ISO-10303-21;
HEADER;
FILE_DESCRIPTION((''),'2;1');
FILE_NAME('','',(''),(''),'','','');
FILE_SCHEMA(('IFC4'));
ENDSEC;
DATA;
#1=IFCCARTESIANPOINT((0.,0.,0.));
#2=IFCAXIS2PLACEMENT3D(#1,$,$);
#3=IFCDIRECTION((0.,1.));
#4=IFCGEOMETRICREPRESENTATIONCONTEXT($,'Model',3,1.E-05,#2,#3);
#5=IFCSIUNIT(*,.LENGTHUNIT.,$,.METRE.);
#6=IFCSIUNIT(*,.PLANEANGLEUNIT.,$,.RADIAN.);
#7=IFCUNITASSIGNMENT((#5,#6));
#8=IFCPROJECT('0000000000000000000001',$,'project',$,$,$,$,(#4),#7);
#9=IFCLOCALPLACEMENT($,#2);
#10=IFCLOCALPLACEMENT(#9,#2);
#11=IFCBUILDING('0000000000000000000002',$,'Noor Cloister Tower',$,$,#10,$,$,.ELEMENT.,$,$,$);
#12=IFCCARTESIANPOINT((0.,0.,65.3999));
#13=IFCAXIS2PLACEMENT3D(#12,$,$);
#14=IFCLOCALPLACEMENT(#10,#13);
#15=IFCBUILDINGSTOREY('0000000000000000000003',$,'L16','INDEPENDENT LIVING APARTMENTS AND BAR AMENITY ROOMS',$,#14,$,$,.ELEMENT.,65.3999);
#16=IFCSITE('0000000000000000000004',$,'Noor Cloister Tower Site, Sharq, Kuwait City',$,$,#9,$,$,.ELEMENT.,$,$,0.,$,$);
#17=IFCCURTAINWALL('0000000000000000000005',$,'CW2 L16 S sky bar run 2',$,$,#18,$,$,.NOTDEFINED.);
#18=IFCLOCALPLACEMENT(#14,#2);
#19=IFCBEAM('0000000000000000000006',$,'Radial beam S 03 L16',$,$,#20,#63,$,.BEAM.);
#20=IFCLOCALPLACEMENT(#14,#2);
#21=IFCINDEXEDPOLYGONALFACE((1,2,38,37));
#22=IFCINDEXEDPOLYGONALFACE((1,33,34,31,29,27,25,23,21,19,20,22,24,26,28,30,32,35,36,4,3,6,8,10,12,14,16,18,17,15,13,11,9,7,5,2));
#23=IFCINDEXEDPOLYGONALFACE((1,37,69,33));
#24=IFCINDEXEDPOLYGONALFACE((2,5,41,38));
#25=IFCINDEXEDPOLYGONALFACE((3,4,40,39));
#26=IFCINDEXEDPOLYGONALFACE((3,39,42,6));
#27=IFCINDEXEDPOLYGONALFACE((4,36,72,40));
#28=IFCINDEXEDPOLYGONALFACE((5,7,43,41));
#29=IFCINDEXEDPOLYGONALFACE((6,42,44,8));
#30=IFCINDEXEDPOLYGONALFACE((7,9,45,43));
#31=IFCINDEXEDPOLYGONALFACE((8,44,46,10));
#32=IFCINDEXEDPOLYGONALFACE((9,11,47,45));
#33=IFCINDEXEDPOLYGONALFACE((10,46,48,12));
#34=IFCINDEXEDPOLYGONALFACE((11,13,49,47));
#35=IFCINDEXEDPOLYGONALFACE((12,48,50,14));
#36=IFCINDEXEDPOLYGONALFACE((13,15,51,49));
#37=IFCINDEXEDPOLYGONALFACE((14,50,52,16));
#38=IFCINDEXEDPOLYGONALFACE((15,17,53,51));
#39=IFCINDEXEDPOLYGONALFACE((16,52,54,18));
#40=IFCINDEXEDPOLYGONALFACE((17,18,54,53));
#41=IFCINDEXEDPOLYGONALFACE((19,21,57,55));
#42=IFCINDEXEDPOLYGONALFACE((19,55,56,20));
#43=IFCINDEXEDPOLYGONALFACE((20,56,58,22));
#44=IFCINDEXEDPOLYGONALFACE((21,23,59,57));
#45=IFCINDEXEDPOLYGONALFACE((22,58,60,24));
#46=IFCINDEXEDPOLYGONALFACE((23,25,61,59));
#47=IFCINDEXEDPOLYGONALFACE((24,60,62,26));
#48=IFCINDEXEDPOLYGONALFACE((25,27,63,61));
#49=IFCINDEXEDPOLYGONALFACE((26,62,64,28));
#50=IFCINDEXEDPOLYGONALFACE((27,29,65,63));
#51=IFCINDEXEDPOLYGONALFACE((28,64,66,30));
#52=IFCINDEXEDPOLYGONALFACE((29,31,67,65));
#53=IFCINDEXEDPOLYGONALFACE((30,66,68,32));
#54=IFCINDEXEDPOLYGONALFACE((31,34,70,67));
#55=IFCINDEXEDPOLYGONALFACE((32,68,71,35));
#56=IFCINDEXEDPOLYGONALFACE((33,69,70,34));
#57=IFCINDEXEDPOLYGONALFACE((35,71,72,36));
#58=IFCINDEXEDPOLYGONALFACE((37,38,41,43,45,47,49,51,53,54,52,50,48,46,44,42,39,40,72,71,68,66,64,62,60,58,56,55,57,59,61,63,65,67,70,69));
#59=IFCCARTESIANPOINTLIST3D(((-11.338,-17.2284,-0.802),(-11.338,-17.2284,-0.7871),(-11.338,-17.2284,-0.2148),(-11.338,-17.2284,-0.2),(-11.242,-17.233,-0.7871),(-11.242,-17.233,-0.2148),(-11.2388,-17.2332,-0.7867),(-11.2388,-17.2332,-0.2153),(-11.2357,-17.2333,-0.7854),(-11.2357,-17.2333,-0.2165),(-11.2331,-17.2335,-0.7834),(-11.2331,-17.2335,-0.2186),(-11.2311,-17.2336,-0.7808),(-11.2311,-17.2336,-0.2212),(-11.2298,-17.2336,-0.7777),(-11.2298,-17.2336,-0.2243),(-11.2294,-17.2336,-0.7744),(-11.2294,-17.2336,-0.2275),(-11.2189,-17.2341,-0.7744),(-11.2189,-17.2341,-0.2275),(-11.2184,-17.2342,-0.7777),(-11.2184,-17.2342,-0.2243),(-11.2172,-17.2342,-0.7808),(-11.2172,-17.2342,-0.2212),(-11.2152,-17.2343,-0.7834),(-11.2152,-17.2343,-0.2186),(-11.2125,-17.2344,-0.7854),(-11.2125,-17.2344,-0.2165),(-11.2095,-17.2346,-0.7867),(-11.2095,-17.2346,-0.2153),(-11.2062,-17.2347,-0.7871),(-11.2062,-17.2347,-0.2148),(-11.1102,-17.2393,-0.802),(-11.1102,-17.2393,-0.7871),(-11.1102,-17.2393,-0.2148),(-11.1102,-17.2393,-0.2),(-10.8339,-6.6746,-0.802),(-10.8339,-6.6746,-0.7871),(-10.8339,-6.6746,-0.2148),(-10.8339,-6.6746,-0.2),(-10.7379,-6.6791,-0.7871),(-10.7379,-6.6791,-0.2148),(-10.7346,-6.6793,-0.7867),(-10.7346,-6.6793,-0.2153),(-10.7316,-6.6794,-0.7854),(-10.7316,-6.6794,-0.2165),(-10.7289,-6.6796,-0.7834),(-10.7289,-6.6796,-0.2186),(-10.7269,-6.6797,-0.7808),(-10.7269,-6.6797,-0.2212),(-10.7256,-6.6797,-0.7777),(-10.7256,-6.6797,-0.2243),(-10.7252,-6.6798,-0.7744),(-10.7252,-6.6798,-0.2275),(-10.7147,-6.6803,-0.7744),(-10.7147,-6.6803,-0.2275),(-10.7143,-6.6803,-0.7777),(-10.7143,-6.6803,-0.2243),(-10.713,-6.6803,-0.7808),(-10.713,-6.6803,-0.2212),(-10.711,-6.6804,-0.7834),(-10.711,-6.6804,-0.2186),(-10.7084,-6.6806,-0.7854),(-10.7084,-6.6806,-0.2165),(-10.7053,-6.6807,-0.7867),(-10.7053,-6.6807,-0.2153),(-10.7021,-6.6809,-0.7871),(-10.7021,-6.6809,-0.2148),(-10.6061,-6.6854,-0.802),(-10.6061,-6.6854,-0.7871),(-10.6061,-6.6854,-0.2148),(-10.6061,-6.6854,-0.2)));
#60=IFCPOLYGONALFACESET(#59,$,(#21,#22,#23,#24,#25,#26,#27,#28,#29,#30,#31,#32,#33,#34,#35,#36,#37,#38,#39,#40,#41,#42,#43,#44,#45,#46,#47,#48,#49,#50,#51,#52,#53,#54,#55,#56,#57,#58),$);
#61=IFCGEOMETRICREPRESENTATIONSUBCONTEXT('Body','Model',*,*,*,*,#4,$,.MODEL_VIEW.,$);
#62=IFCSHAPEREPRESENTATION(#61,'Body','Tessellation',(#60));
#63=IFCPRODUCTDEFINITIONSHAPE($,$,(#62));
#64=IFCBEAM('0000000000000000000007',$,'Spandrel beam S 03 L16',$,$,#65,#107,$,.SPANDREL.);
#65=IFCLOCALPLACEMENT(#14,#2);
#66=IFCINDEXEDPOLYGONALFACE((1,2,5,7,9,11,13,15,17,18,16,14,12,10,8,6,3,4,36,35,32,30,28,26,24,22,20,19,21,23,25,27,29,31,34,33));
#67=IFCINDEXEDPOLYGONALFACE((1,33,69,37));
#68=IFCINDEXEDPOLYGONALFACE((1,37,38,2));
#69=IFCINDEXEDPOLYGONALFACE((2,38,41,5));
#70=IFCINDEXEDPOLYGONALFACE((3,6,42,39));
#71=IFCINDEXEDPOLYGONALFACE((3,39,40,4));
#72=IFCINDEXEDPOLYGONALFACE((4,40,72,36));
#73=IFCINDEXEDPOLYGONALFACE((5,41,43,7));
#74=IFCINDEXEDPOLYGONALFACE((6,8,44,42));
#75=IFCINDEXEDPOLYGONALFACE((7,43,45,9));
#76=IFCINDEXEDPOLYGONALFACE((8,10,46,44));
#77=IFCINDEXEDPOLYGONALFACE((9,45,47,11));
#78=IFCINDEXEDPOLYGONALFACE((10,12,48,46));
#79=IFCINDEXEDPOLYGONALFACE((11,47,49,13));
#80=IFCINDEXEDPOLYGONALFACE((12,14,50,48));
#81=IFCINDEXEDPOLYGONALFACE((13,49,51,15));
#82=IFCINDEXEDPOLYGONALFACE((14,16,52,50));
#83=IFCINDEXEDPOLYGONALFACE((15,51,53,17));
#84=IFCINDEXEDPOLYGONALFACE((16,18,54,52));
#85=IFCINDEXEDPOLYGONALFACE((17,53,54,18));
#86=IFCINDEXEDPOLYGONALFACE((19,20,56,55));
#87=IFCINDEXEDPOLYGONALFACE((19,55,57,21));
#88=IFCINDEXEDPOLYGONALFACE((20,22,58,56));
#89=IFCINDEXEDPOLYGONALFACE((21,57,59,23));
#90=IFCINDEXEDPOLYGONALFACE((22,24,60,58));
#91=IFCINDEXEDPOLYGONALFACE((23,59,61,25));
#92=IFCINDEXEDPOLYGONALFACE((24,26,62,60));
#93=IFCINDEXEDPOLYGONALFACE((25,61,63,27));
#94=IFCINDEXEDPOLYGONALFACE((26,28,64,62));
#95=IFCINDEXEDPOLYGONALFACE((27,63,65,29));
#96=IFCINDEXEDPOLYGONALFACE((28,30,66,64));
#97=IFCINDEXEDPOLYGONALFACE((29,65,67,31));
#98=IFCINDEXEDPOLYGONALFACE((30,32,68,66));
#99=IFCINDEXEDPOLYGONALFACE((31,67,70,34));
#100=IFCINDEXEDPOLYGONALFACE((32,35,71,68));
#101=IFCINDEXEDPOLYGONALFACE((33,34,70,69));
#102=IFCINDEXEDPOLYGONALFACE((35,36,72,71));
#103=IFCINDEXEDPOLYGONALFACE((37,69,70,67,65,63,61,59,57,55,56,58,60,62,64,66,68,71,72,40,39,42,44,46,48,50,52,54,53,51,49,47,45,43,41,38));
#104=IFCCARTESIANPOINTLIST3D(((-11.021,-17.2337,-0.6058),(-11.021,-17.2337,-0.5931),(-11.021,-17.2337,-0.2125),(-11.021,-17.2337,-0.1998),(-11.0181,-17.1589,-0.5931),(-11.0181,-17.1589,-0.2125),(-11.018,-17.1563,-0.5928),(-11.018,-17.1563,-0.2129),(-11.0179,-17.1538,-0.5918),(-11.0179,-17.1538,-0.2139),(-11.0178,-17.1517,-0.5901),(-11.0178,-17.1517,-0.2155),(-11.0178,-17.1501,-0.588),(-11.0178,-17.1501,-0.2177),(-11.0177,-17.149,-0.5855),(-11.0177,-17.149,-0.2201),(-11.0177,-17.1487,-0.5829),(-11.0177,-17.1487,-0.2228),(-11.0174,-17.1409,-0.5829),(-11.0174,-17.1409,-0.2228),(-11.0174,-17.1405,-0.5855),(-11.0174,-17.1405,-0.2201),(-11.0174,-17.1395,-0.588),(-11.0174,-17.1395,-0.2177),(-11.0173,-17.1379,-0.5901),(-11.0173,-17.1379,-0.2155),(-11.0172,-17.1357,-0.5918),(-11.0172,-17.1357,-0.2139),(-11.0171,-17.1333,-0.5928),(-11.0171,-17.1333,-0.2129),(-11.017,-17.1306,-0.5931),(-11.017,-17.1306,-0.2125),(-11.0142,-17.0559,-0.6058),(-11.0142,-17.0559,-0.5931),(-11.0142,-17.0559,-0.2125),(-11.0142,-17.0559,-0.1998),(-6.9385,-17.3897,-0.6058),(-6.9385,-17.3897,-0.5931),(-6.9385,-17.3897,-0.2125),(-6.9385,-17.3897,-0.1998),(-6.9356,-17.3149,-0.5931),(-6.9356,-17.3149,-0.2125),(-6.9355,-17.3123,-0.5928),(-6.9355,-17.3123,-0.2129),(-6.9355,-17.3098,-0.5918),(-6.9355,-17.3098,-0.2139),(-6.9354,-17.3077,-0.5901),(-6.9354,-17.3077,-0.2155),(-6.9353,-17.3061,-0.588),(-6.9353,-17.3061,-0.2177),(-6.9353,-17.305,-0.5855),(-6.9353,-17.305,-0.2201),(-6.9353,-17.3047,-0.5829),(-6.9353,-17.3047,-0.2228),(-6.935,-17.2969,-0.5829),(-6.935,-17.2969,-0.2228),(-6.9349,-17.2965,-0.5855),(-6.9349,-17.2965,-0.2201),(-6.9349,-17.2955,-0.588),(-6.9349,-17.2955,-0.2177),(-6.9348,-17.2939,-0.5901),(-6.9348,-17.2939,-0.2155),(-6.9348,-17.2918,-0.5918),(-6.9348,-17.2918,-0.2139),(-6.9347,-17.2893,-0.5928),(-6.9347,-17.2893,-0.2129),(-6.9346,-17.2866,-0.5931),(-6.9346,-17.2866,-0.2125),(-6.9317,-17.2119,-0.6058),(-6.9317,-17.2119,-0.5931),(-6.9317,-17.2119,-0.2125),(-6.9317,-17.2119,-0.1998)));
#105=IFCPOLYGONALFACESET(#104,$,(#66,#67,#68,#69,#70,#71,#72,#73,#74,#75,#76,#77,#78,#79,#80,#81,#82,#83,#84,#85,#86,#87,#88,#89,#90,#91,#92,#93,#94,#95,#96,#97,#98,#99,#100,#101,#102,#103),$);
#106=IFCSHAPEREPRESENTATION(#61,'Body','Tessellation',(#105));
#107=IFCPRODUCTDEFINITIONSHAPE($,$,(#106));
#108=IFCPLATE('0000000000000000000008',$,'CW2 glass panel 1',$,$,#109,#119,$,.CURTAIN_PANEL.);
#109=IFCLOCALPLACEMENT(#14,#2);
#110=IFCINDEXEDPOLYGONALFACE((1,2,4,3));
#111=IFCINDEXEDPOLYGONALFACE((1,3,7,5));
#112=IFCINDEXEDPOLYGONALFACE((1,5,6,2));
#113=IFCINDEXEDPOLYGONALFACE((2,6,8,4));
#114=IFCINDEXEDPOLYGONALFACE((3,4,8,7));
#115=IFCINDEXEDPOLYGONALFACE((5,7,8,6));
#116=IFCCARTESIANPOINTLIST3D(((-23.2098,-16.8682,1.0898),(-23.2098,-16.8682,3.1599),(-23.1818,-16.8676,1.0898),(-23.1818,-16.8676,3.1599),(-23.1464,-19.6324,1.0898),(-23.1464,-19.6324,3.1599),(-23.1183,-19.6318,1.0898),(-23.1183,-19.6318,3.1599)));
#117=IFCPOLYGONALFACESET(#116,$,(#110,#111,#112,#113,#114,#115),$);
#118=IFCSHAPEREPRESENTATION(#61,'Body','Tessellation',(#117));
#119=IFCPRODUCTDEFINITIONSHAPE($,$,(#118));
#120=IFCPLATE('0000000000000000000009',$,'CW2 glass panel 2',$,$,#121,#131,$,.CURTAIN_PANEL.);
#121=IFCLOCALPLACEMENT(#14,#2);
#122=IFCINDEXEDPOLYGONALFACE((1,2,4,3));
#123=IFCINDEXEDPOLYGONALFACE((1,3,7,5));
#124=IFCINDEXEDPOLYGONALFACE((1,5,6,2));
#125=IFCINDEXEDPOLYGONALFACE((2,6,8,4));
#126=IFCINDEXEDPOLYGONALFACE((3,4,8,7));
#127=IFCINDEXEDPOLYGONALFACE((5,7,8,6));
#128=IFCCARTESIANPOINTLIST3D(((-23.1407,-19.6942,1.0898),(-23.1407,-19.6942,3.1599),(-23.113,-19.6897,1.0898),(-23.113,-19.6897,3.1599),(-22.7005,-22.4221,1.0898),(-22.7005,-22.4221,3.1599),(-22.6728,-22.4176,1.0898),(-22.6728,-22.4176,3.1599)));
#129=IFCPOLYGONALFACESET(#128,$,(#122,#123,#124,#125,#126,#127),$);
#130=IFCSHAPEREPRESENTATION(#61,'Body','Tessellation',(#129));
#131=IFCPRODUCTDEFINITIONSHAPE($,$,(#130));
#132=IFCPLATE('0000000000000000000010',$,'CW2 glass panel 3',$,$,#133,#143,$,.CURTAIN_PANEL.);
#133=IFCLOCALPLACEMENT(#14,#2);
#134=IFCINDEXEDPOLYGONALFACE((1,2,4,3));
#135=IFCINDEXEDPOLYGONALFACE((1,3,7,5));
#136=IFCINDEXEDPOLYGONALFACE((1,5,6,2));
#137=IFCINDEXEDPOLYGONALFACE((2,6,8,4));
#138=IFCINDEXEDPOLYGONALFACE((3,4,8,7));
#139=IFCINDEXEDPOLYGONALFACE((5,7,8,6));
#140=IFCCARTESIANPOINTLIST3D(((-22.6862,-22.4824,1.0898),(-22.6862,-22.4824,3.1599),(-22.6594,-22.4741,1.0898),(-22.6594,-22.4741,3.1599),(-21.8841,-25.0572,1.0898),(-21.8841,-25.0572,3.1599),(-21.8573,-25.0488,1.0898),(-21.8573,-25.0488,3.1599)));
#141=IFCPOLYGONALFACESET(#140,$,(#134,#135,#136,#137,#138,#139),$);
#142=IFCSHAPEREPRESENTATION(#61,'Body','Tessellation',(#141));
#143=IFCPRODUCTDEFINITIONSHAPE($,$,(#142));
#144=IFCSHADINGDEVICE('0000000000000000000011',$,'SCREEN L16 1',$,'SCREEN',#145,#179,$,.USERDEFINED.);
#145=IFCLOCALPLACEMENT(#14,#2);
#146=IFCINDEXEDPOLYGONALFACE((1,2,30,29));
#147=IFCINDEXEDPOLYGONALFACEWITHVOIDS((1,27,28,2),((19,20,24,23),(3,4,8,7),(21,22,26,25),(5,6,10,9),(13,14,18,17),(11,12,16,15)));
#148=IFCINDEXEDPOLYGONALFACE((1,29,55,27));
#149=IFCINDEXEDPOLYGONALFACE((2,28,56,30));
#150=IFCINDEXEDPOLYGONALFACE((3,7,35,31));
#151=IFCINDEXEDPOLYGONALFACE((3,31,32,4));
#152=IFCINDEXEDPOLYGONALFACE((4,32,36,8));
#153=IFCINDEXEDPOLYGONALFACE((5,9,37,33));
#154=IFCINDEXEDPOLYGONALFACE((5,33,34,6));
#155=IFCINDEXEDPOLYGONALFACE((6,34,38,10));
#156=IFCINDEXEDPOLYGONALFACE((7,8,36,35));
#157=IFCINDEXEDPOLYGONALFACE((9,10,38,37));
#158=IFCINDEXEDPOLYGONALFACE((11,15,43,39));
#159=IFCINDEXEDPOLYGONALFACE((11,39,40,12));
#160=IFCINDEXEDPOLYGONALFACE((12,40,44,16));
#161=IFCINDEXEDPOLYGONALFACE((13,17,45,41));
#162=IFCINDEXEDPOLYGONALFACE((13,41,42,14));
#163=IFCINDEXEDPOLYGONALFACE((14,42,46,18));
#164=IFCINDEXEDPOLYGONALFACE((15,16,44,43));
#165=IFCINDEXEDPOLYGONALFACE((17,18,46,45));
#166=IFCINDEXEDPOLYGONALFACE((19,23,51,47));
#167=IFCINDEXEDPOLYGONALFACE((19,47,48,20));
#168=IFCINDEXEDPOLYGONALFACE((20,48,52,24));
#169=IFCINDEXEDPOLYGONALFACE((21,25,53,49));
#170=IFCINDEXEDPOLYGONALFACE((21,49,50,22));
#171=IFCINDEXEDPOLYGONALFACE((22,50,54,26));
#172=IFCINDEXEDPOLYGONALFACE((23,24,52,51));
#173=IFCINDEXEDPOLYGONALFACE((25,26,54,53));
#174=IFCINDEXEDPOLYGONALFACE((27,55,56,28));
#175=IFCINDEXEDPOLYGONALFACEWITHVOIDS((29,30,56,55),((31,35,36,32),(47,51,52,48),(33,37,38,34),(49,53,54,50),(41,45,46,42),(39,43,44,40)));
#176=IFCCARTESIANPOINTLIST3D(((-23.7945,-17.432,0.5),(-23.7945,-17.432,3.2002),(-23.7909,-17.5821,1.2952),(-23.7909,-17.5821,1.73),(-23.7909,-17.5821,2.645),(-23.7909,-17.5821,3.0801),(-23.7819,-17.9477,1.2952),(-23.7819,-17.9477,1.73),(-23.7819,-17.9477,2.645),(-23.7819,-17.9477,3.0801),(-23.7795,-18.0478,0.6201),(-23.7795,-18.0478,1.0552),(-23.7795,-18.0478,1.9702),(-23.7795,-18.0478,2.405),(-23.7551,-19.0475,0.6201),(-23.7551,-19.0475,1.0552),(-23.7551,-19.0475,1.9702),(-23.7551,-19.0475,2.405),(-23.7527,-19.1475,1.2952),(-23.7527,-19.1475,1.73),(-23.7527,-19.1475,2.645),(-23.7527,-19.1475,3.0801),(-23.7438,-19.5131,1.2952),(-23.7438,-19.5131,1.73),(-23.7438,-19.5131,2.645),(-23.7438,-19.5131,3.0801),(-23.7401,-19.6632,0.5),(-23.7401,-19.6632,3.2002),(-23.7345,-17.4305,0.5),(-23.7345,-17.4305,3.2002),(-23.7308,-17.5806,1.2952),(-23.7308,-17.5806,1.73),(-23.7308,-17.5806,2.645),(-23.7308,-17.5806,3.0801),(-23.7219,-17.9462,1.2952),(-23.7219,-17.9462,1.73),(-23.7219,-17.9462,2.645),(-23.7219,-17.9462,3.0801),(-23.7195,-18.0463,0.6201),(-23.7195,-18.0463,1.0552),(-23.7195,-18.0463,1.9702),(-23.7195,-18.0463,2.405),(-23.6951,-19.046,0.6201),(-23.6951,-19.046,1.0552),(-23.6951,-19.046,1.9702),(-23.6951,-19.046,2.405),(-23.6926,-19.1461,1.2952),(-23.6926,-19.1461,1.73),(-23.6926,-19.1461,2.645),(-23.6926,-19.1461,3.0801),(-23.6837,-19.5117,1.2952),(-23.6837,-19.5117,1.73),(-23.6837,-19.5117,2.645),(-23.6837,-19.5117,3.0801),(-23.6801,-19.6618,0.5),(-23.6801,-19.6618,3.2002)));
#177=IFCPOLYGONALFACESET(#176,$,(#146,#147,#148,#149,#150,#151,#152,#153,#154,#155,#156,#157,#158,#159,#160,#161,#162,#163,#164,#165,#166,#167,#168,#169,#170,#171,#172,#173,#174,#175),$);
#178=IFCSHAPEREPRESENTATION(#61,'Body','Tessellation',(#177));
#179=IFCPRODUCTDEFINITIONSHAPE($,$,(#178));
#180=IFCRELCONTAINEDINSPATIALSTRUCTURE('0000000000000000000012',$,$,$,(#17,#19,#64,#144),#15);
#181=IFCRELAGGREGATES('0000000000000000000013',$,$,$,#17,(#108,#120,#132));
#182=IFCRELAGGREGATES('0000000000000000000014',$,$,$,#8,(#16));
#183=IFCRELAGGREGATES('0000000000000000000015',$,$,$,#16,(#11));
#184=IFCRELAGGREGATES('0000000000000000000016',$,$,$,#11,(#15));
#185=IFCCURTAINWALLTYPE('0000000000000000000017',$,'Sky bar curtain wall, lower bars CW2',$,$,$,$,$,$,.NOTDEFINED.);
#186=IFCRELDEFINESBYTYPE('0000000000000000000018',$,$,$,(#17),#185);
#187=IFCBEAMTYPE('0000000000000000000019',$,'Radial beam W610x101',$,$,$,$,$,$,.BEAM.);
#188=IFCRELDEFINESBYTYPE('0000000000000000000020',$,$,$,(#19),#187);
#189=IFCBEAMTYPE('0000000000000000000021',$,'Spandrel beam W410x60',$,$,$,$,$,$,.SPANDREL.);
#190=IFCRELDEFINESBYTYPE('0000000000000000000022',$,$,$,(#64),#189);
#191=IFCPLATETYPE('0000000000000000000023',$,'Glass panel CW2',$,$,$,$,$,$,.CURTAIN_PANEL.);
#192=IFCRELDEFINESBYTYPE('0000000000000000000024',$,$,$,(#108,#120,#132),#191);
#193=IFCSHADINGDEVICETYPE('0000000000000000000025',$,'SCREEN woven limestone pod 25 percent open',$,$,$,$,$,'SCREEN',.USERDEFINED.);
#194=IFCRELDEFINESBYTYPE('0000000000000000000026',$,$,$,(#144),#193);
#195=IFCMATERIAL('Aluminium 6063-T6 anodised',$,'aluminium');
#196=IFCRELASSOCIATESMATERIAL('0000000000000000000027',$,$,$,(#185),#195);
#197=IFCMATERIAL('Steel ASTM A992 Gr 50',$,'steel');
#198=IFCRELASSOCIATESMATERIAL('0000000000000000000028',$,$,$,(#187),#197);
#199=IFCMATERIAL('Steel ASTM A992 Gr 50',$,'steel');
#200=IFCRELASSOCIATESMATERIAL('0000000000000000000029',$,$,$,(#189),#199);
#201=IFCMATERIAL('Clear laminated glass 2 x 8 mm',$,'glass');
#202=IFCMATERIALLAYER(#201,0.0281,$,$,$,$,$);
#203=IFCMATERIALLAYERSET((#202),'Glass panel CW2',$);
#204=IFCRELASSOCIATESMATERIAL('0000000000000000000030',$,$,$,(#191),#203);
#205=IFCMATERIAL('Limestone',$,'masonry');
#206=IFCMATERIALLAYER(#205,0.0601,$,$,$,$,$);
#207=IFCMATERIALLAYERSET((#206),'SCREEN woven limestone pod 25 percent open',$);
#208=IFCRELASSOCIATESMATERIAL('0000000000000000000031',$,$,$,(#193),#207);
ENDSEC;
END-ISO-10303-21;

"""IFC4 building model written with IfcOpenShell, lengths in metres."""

from ifc_helpers import new_model, si_unit, direction, frame, origin, origin_2d, place, context, subcontext, project, spatial, polyline, rectangle, i_section, outline, extrude, material, layer, layer_set, material_profile, profile_set, type_object, element, aggregate, save


model = new_model("IFC4")

# Units and contexts
model_context = context("Model", 3, precision=1e-05, world=origin(), true_north=direction((0.0, 1.0)))
body_context = subcontext(model_context, "Body", "Model", "MODEL_VIEW")
ifc_project = project(units=[si_unit("LENGTHUNIT", "METRE"), si_unit("PLANEANGLEUNIT", "RADIAN")], contexts=[model_context])

# Site, building, storey
site_placement = place(None, origin())
site = spatial("IfcSite", under=ifc_project, at=site_placement, Name="Noor Cloister Tower Site, Sharq, Kuwait City", CompositionType="ELEMENT", RefElevation=0.0)
building_placement = place(site_placement, origin())
building = spatial("IfcBuilding", under=site, at=building_placement, Name="Noor Cloister Tower", CompositionType="ELEMENT")
storey_placement = place(building_placement, frame((0.0, 0.0, 65.3999)))
storey = spatial("IfcBuildingStorey", under=building, at=storey_placement, Name="L16", Description="INDEPENDENT LIVING APARTMENTS AND BAR AMENITY ROOMS", CompositionType="ELEMENT", Elevation=65.3999)

# Curtain wall
ifc_material_1 = material(Name="Aluminium 6063-T6 anodised", Category="aluminium")
curtain_wall_type = type_object("IfcCurtainWallType", Name="Sky bar curtain wall, lower bars CW2", PredefinedType="NOTDEFINED", material=ifc_material_1)
curtain_wall_placement = place(storey_placement, origin())
curtain_wall = element("IfcCurtainWall", 1, at=curtain_wall_placement, inside=storey, type_object=curtain_wall_type, Name="CW2 L16 S sky bar run 2", PredefinedType="NOTDEFINED")

# Beams
ifc_material_2 = material(Name="Steel ASTM A992 Gr 50", Category="steel")
ifc_material_profile_1 = material_profile(ifc_material_2, i_section(OverallWidth=0.228, OverallDepth=0.6021, WebThickness=0.0105, FlangeThickness=0.0149, FilletRadius=0.0127, at=origin_2d()), Name="W610x101")
ifc_profile_set_1 = profile_set([ifc_material_profile_1], Name="Steel ASTM A992 Gr 50")
beam_type_1 = type_object("IfcBeamType", Name="Radial beam W610x101", PredefinedType="BEAM", material=ifc_profile_set_1)
beam_1_placement = place(storey_placement, frame((-11.2241, -17.2339, -0.501), z_axis=(0.047714, 0.998861, 0.0), x_axis=(-0.998861, 0.047714, 0.0)))
element("IfcBeam", 2, at=beam_1_placement, inside=storey, type_object=beam_type_1, Name="Radial beam S 03 L16", PredefinedType="BEAM", context=body_context, shape_type="SweptSolid", body=[
    extrude(i_section(OverallWidth=0.228, OverallDepth=0.6021, WebThickness=0.0105, FlangeThickness=0.0149, FilletRadius=0.0127, at=origin_2d()), origin(), (0.0, 0.0, 1.0), 10.5659),
])
ifc_material_3 = material(Name="Steel ASTM A992 Gr 50", Category="steel")
ifc_material_profile_2 = material_profile(ifc_material_3, i_section(OverallWidth=0.178, OverallDepth=0.406, WebThickness=0.0078, FlangeThickness=0.0127, FilletRadius=0.0103, at=origin_2d()), Name="W410x60")
ifc_profile_set_2 = profile_set([ifc_material_profile_2], Name="Steel ASTM A992 Gr 50")
beam_type_2 = type_object("IfcBeamType", Name="Spandrel beam W410x60", PredefinedType="SPANDREL", material=ifc_profile_set_2)
beam_2_placement = place(storey_placement, frame((-11.0176, -17.1448, -0.4028), z_axis=(0.999271, -0.038185, 0.0), x_axis=(0.038185, 0.999271, 0.0)))
element("IfcBeam", 3, at=beam_2_placement, inside=storey, type_object=beam_type_2, Name="Spandrel beam S 03 L16", PredefinedType="SPANDREL", context=body_context, shape_type="SweptSolid", body=[
    extrude(i_section(OverallWidth=0.178, OverallDepth=0.406, WebThickness=0.0078, FlangeThickness=0.0127, FilletRadius=0.0103, at=origin_2d()), origin(), (0.0, 0.0, 1.0), 4.0854),
])

# Plates
ifc_material_4 = material(Name="Clear laminated glass 2 x 8 mm", Category="glass")
ifc_layer_1 = layer(ifc_material_4, 0.0281)
ifc_layer_set_1 = layer_set([ifc_layer_1], Name="Glass panel CW2")
plate_type = type_object("IfcPlateType", Name="Glass panel CW2", PredefinedType="CURTAIN_PANEL", material=ifc_layer_set_1)
plate_1_placement = place(storey_placement, frame((-23.1641, -18.25, 1.0898), z_axis=(0.0, 0.0, 1.0), x_axis=(0.022953, -0.999737, 0.0)))
plate_1 = element("IfcPlate", 4, at=plate_1_placement, type_object=plate_type, Name="CW2 glass panel 1", PredefinedType="CURTAIN_PANEL", context=body_context, shape_type="SweptSolid", body=[
    extrude(rectangle(XDim=2.7649, YDim=0.0281, at=origin_2d()), origin(), (0.0, 0.0, 1.0), 2.0701),
])
plate_2_placement = place(storey_placement, frame((-22.9067, -21.0559, 1.0898), z_axis=(0.0, 0.0, 1.0), x_axis=(0.159313, -0.987228, 0.0)))
plate_2 = element("IfcPlate", 5, at=plate_2_placement, type_object=plate_type, Name="CW2 glass panel 2", PredefinedType="CURTAIN_PANEL", context=body_context, shape_type="SweptSolid", body=[
    extrude(rectangle(XDim=2.7632, YDim=0.0281, at=origin_2d()), origin(), (0.0, 0.0, 1.0), 2.0701),
])
plate_3_placement = place(storey_placement, frame((-22.2717, -23.7656, 1.0898), z_axis=(0.0, 0.0, 1.0), x_axis=(0.297447, -0.954738, 0.0)))
plate_3 = element("IfcPlate", 6, at=plate_3_placement, type_object=plate_type, Name="CW2 glass panel 3", PredefinedType="CURTAIN_PANEL", context=body_context, shape_type="SweptSolid", body=[
    extrude(rectangle(XDim=2.6968, YDim=0.0281, at=origin_2d()), origin(), (0.0, 0.0, 1.0), 2.0701),
])
aggregate(curtain_wall, [plate_1, plate_2, plate_3])

# Shading device
ifc_material_5 = material(Name="Limestone", Category="masonry")
ifc_layer_2 = layer(ifc_material_5, 0.0601)
ifc_layer_set_2 = layer_set([ifc_layer_2], Name="SCREEN woven limestone pod 25 percent open")
shading_device_type = type_object("IfcShadingDeviceType", Name="SCREEN woven limestone pod 25 percent open", ElementType="SCREEN", PredefinedType="USERDEFINED", material=ifc_layer_set_2)
shading_device_1_placement = place(storey_placement, frame((-23.7073, -18.5461, 1.8501), z_axis=(-0.999703, -0.024383, 0.0), x_axis=(0.024383, -0.999703, 0.0)))
element("IfcShadingDevice", 7, at=shading_device_1_placement, inside=storey, type_object=shading_device_type, Name="SCREEN L16 1", ObjectType="SCREEN", PredefinedType="USERDEFINED", context=body_context, shape_type="SweptSolid", body=[
    extrude(outline(polyline([(-1.116, -1.3501), (1.116, -1.3501), (1.116, 1.3501), (-1.116, 1.3501), (-1.116, -1.3501)]), holes=[polyline([(-0.5, -1.23), (0.5, -1.23), (0.5, -0.7949), (-0.5, -0.7949), (-0.5, -1.23)]), polyline([(0.6001, -0.5549), (0.9658, -0.5549), (0.9658, -0.1201), (0.6001, -0.1201), (0.6001, -0.5549)]), polyline([(-0.9658, -0.5549), (-0.6001, -0.5549), (-0.6001, -0.1201), (-0.9658, -0.1201), (-0.9658, -0.5549)]), polyline([(-0.5, 0.1201), (0.5, 0.1201), (0.5, 0.5549), (-0.5, 0.5549), (-0.5, 0.1201)]), polyline([(0.6001, 0.7949), (0.9658, 0.7949), (0.9658, 1.23), (0.6001, 1.23), (0.6001, 0.7949)]), polyline([(-0.9658, 0.7949), (-0.6001, 0.7949), (-0.6001, 1.23), (-0.9658, 1.23), (-0.9658, 0.7949)])]), origin(), (0.0, 0.0, 1.0), 0.0601),
])

save(model, "model.ifc")
